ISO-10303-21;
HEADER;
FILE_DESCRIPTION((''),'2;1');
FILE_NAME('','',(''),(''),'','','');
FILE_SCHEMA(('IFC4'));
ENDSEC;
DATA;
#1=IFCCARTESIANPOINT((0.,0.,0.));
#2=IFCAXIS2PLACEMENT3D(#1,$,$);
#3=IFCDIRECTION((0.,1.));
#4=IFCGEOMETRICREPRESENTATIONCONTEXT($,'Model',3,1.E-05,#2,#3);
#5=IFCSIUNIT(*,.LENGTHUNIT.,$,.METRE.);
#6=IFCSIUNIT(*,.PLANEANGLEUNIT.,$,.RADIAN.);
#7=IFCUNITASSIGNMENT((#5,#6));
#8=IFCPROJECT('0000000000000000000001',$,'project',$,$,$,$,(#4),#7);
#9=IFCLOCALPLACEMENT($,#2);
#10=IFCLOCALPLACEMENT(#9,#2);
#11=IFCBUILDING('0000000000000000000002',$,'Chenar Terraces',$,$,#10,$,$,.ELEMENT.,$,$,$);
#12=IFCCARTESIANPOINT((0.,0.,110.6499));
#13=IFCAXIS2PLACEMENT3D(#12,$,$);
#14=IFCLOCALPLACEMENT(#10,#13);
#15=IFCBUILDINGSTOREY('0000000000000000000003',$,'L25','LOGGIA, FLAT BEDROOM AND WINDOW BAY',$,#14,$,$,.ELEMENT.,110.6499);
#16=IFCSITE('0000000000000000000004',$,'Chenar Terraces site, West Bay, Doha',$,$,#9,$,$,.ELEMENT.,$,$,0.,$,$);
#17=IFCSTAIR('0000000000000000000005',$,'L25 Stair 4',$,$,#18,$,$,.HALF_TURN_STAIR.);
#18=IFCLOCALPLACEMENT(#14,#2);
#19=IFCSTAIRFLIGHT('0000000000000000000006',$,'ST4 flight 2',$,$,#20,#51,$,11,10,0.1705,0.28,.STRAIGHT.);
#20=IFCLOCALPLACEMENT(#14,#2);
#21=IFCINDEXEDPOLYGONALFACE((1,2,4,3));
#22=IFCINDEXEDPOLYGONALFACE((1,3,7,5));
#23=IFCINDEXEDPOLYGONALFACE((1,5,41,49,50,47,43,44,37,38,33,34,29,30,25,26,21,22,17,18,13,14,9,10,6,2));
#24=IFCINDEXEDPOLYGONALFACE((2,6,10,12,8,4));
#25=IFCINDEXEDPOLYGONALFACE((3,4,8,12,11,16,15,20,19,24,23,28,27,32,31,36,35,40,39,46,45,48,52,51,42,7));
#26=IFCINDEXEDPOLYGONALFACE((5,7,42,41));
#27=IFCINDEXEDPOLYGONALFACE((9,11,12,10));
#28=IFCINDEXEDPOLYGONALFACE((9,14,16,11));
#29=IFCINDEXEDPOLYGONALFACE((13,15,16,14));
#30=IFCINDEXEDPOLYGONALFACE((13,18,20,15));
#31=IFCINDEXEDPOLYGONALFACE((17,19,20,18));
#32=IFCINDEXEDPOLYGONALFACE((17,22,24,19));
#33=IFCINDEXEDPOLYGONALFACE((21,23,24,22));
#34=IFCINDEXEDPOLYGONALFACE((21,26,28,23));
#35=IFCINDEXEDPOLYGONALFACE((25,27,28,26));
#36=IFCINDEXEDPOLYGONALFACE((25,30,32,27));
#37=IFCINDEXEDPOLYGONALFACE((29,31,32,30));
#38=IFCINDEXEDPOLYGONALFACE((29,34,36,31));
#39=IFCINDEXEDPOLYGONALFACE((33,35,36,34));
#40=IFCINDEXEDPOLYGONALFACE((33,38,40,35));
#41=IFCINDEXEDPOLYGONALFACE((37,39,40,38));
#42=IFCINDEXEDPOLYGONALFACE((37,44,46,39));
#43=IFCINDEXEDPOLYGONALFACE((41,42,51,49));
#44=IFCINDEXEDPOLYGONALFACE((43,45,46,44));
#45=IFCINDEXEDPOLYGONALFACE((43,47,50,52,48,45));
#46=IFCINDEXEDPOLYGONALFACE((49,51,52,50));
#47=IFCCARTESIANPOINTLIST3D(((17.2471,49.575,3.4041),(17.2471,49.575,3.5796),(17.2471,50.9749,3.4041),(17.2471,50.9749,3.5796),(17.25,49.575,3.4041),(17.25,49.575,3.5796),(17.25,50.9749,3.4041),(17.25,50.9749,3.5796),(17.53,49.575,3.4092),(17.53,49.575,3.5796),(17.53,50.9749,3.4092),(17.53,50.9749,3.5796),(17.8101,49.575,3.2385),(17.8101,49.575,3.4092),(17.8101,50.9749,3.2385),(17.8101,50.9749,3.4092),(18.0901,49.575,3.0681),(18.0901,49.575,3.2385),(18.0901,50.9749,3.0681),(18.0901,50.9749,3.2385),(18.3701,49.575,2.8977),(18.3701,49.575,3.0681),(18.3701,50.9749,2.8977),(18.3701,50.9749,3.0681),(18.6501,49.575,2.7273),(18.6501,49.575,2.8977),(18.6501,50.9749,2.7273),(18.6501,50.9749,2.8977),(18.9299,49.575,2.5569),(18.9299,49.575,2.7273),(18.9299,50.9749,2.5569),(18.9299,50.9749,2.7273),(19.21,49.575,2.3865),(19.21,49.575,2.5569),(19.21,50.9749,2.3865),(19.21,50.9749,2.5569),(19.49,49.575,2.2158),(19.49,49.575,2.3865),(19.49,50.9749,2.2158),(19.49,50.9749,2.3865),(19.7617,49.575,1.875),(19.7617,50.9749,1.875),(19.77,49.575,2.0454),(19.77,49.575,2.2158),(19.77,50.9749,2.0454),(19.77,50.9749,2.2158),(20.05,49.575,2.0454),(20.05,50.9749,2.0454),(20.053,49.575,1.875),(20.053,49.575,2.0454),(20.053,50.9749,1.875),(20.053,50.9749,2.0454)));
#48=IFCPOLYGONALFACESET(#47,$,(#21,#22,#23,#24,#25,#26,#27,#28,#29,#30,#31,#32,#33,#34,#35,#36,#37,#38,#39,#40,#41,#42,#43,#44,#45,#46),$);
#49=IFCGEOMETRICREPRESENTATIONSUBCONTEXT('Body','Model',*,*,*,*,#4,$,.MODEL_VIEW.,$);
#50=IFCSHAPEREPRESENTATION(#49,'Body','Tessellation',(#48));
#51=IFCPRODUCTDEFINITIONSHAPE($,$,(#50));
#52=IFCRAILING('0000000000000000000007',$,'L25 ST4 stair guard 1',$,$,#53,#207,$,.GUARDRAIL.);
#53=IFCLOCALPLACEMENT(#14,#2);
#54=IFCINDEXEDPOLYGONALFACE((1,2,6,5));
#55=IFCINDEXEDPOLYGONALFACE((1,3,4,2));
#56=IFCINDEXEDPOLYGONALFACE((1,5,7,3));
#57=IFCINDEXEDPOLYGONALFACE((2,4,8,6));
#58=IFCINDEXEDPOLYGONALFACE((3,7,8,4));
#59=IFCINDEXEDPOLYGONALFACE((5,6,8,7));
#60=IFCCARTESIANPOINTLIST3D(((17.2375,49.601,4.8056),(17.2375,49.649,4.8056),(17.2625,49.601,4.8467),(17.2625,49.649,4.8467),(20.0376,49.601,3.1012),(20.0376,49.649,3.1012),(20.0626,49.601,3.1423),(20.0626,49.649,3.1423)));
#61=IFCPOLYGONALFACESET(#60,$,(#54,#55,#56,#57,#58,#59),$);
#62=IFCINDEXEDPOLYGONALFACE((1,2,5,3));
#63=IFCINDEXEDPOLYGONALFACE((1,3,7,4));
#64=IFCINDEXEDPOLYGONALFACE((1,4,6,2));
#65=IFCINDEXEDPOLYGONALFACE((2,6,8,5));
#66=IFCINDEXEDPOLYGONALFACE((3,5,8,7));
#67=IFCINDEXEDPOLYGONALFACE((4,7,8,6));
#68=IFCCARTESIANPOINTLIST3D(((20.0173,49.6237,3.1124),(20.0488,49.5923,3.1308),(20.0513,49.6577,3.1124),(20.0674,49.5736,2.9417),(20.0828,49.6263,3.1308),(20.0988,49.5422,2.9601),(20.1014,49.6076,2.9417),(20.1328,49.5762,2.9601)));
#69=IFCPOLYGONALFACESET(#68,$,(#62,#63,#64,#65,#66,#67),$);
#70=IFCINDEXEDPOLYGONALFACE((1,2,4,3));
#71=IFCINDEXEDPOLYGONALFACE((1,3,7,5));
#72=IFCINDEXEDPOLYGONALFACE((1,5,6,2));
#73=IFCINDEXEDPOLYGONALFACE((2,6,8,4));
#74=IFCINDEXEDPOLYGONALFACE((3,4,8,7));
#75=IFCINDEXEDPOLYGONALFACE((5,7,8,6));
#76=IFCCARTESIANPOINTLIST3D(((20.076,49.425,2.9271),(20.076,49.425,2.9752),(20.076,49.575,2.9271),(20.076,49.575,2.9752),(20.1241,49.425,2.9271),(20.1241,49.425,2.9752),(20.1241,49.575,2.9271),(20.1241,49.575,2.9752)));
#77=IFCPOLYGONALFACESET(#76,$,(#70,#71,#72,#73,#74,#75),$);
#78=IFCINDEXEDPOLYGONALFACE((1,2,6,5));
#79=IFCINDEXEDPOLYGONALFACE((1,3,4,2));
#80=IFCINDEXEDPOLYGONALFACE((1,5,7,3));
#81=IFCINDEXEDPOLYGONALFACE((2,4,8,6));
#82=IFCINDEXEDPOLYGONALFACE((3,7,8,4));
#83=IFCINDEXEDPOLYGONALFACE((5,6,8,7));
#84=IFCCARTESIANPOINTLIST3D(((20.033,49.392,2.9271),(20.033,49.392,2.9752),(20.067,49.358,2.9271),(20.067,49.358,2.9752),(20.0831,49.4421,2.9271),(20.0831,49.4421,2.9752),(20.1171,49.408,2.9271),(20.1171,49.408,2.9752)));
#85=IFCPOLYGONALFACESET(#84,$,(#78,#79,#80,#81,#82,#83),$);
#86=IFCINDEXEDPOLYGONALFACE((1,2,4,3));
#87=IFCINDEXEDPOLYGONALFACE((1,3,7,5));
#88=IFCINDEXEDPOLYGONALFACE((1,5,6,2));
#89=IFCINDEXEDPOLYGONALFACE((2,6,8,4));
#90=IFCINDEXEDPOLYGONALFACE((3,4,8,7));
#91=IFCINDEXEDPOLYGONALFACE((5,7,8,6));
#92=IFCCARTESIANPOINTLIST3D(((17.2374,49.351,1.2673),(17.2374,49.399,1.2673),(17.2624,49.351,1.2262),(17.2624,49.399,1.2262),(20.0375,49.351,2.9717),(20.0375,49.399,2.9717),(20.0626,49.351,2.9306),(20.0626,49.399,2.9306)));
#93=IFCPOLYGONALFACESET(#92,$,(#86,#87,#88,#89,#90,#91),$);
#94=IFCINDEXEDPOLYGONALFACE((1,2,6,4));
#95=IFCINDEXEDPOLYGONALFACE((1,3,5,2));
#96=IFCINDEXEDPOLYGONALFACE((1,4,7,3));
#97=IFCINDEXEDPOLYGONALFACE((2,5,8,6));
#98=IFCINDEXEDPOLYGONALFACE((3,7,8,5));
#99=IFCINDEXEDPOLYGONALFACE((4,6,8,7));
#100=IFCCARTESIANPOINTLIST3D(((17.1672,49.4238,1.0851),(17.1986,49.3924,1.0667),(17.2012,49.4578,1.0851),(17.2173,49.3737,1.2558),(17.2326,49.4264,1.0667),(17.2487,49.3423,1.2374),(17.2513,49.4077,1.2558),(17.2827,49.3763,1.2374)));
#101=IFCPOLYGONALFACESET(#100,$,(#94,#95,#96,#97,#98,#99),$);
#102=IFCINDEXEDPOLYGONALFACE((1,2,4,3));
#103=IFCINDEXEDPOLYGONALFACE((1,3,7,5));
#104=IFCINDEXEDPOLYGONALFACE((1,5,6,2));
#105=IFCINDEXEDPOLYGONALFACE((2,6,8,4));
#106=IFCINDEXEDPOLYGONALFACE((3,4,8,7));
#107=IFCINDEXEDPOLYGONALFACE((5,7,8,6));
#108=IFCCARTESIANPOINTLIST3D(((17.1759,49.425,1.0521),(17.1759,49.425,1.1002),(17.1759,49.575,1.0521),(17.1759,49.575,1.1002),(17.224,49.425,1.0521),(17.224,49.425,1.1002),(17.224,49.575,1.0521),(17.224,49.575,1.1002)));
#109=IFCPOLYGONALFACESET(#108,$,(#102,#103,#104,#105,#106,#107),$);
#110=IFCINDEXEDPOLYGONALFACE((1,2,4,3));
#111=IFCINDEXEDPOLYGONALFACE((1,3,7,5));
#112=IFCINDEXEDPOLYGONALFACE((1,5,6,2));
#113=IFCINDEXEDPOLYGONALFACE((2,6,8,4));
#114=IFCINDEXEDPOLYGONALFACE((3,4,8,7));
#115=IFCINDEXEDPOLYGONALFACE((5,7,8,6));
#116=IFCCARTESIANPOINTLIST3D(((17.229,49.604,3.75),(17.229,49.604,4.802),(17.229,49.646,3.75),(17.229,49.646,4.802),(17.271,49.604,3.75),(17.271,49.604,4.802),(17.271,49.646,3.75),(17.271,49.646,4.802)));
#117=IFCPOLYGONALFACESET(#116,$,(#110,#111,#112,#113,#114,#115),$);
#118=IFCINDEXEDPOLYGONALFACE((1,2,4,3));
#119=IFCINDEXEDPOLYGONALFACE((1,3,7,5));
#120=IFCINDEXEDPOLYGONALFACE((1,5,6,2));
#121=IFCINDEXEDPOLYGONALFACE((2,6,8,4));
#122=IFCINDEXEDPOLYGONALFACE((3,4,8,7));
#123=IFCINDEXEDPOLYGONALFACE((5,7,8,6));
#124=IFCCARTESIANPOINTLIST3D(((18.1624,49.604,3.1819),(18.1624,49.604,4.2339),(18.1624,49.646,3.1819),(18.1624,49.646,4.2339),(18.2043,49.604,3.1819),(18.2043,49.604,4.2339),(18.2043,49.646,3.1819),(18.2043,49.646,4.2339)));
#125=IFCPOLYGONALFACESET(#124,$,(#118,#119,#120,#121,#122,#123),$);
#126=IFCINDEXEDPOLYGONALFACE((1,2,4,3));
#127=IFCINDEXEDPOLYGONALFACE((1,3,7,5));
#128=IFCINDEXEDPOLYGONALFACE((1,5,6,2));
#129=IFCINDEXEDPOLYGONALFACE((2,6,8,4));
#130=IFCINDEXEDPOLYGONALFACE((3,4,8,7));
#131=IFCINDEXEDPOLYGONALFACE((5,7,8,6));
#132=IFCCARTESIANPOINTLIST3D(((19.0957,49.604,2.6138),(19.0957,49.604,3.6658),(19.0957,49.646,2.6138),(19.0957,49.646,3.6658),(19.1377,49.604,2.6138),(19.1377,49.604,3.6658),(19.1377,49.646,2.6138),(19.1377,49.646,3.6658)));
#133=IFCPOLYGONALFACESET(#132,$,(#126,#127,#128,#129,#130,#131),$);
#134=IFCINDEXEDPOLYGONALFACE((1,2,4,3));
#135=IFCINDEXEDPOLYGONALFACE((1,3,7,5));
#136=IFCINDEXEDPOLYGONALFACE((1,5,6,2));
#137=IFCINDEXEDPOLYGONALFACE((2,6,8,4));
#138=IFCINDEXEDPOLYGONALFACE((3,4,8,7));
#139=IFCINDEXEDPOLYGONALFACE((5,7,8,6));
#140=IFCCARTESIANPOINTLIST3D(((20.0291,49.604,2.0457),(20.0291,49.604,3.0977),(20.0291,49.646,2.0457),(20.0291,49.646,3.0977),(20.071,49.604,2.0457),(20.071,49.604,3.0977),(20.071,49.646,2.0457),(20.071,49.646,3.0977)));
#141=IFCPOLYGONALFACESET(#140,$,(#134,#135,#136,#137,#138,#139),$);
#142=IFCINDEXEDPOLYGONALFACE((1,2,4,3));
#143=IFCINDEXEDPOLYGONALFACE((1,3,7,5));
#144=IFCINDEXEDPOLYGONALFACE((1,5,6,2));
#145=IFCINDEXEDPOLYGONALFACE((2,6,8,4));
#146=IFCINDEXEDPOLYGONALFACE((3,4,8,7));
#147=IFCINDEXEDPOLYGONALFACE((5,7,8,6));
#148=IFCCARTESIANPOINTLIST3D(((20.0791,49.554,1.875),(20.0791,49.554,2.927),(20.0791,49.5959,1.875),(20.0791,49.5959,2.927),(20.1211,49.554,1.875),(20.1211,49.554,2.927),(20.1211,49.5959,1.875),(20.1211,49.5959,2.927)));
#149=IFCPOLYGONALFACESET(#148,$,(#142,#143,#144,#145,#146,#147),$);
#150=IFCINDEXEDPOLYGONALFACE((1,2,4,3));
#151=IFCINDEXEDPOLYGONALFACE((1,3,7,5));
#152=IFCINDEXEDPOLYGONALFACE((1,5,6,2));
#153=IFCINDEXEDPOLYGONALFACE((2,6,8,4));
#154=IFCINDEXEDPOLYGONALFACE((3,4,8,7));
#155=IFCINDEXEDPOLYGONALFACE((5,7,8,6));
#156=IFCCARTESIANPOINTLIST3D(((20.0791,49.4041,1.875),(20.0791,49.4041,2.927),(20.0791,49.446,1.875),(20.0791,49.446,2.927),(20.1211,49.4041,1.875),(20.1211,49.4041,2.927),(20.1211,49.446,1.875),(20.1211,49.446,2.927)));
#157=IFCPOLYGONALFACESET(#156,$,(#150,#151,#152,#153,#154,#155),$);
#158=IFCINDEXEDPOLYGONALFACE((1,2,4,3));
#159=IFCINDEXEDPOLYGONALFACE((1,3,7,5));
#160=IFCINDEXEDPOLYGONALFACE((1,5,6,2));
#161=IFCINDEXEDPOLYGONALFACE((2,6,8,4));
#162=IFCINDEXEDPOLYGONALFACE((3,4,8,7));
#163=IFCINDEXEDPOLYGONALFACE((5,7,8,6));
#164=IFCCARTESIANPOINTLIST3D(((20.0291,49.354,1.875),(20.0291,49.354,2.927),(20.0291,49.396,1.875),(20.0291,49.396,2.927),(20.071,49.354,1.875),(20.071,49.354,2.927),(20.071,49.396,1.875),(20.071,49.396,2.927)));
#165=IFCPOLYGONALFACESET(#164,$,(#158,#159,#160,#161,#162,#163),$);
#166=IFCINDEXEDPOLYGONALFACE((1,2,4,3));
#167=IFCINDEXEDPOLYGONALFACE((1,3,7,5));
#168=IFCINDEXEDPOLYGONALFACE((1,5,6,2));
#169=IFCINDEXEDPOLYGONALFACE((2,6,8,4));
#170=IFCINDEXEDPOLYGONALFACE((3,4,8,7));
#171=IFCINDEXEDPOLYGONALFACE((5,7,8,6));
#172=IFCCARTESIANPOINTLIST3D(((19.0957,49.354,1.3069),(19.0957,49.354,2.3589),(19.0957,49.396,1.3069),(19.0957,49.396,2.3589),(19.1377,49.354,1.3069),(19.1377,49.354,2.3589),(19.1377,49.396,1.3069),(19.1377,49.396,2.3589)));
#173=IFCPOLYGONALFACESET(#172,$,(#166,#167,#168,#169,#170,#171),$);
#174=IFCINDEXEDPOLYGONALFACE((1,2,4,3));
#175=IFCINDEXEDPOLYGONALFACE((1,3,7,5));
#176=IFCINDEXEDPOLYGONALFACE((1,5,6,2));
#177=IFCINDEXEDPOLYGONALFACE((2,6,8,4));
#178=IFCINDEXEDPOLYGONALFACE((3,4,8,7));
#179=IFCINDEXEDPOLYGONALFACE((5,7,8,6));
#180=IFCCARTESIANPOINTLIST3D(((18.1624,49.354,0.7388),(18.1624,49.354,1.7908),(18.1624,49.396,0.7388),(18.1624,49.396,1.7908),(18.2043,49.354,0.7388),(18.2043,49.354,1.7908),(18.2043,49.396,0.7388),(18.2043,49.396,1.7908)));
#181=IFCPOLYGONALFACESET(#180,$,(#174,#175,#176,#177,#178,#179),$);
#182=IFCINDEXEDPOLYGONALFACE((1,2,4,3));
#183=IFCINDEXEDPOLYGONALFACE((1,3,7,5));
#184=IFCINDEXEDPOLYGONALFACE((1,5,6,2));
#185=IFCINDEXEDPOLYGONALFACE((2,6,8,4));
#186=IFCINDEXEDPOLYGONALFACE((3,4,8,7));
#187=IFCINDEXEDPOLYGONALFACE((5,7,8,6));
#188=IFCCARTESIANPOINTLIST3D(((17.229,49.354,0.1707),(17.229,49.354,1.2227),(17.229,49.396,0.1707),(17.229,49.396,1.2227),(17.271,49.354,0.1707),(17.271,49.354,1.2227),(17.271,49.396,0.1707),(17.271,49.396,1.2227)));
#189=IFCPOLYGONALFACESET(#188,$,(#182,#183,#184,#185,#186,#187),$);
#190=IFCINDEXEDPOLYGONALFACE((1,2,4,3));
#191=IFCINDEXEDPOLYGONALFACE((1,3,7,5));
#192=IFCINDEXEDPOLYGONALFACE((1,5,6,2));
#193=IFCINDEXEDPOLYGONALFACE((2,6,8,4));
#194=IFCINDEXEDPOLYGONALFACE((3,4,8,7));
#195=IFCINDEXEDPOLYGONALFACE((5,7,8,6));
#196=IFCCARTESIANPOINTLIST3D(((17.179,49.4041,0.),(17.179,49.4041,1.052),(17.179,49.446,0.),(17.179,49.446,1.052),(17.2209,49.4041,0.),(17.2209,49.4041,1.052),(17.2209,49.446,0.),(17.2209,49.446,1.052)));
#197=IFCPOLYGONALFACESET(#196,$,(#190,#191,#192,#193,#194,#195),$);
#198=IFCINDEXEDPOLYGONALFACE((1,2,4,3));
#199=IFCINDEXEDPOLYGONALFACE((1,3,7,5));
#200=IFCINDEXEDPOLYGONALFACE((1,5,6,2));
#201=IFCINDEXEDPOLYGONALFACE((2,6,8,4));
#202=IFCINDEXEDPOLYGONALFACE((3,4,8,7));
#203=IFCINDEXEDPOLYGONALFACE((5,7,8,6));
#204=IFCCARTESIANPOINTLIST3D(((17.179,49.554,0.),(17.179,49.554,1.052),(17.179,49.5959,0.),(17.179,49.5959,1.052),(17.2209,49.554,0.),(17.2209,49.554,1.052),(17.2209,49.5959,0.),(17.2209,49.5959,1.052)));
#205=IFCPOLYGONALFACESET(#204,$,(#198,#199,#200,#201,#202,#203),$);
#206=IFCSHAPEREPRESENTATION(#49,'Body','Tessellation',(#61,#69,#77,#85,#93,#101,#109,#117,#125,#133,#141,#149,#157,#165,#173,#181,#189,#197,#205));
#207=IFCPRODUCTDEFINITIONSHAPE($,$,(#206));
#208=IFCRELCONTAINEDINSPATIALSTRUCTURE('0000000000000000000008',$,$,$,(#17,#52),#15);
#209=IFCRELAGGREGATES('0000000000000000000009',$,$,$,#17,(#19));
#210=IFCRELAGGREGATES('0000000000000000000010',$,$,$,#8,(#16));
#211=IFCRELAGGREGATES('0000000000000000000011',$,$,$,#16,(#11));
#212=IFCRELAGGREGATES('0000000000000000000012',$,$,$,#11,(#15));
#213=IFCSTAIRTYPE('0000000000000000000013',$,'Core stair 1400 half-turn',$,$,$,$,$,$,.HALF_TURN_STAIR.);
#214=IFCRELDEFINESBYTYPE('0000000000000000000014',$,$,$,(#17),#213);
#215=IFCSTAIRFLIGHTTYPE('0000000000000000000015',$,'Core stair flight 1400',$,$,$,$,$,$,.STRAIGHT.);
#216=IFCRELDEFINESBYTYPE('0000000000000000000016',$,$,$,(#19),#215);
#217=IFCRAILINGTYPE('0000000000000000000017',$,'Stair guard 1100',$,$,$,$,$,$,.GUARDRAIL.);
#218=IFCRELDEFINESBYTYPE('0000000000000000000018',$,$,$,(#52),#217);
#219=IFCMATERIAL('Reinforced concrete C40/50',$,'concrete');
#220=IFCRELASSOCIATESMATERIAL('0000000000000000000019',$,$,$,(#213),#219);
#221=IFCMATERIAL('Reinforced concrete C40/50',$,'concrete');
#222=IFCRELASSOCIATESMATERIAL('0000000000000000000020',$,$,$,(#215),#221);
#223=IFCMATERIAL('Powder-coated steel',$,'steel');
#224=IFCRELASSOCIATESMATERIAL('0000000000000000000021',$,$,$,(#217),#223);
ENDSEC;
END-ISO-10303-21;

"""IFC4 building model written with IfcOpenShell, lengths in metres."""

from ifc_helpers import new_model, si_unit, direction, frame, origin, origin_2d, place, context, subcontext, project, spatial, polyline, rectangle, outline, extrude, material, type_object, element, aggregate, save


model = new_model("IFC4")

# Units and contexts
model_context = context("Model", 3, precision=1e-05, world=origin(), true_north=direction((0.0, 1.0)))
body_context = subcontext(model_context, "Body", "Model", "MODEL_VIEW")
ifc_project = project(units=[si_unit("LENGTHUNIT", "METRE"), si_unit("PLANEANGLEUNIT", "RADIAN")], contexts=[model_context])

# Site, building, storey
site_placement = place(None, origin())
site = spatial("IfcSite", under=ifc_project, at=site_placement, Name="Chenar Terraces site, West Bay, Doha", CompositionType="ELEMENT", RefElevation=0.0)
building_placement = place(site_placement, origin())
building = spatial("IfcBuilding", under=site, at=building_placement, Name="Chenar Terraces", CompositionType="ELEMENT")
storey_placement = place(building_placement, frame((0.0, 0.0, 110.6499)))
storey = spatial("IfcBuildingStorey", under=building, at=storey_placement, Name="L25", Description="LOGGIA, FLAT BEDROOM AND WINDOW BAY", CompositionType="ELEMENT", Elevation=110.6499)

# Stair, stair flight
ifc_material_1 = material(Name="Reinforced concrete C40/50", Category="concrete")
stair_type = type_object("IfcStairType", Name="Core stair 1400 half-turn", PredefinedType="HALF_TURN_STAIR", material=ifc_material_1)
stair_placement = place(storey_placement, origin())
stair = element("IfcStair", 1, at=stair_placement, inside=storey, type_object=stair_type, Name="L25 Stair 4", PredefinedType="HALF_TURN_STAIR")
ifc_material_2 = material(Name="Reinforced concrete C40/50", Category="concrete")
stair_flight_type = type_object("IfcStairFlightType", Name="Core stair flight 1400", PredefinedType="STRAIGHT", material=ifc_material_2)
stair_flight_1_placement = place(storey_placement, frame((20.05, 50.2749, 1.875), z_axis=(0.0, 0.0, 1.0), x_axis=(-1.0, 0.0, 0.0)))
stair_flight_1 = element("IfcStairFlight", 2, at=stair_flight_1_placement, type_object=stair_flight_type, Name="ST4 flight 2", NumberOfRisers=11, NumberOfTreads=10, PredefinedType="STRAIGHT", RiserHeight=0.1705, TreadLength=0.28, context=body_context, shape_type="SweptSolid", body=[
    extrude(outline(polyline([(-0.0029, 0.0), (-0.0029, 0.1704), (0.0, 0.1704), (0.28, 0.1704), (0.28, 0.3408), (0.5601, 0.3408), (0.5601, 0.5115), (0.8401, 0.5115), (0.8401, 0.6819), (1.1201, 0.6819), (1.1201, 0.8523), (1.3999, 0.8523), (1.3999, 1.0227), (1.6799, 1.0227), (1.6799, 1.1931), (1.96, 1.1931), (1.96, 1.3635), (2.24, 1.3635), (2.24, 1.5342), (2.52, 1.5342), (2.52, 1.7046), (2.8, 1.7046), (2.803, 1.7046), (2.803, 1.5291), (2.8, 1.5291), (0.2883, 0.0), (-0.0029, 0.0)])), frame((0.0, 0.7, 0.0), z_axis=(0.0, -1.0, 0.0), x_axis=(1.0, 0.0, 0.0)), (0.0, 0.0, 1.0), 1.3999),
])
aggregate(stair, [stair_flight_1])

# Railing
ifc_material_3 = material(Name="Powder-coated steel", Category="steel")
railing_type_1 = type_object("IfcRailingType", Name="Stair guard 1100", PredefinedType="GUARDRAIL", material=ifc_material_3)
railing_1_placement = place(storey_placement, frame((17.25, 49.625, 3.75)))
element("IfcRailing", 3, at=railing_1_placement, inside=storey, type_object=railing_type_1, Name="L25 ST4 stair guard 1", PredefinedType="GUARDRAIL", context=body_context, shape_type="SweptSolid", body=[
    extrude(rectangle(XDim=0.0481, YDim=0.0481, at=origin_2d()), frame((0.0, 0.0, 1.0762), z_axis=(0.854203, 0.0, -0.51994), x_axis=(0.0, 1.0, 0.0)), (0.0, 0.0, 1.0), 3.2781),
    extrude(rectangle(XDim=0.0481, YDim=0.0481, at=origin_2d()), frame((2.8, 0.0, -0.6284), z_axis=(0.2709, -0.2709, -0.923703), x_axis=(0.707107, 0.707107, 0.0)), (0.0, 0.0, 1.0), 0.1848),
    extrude(rectangle(XDim=0.0481, YDim=0.0481, at=origin_2d()), frame((2.8501, -0.05, -0.7988), z_axis=(0.0, -1.0, 0.0), x_axis=(1.0, 0.0, 0.0)), (0.0, 0.0, 1.0), 0.1499),
    extrude(rectangle(XDim=0.0481, YDim=0.0481, at=origin_2d()), frame((2.8501, -0.2, -0.7988), z_axis=(-0.707107, -0.707107, 0.0), x_axis=(0.707107, -0.707107, 0.0)), (0.0, 0.0, 1.0), 0.0708),
    extrude(rectangle(XDim=0.0481, YDim=0.0481, at=origin_2d()), frame((2.8, -0.25, -0.7988), z_axis=(-0.854203, 0.0, -0.51994), x_axis=(0.0, -1.0, 0.0)), (0.0, 0.0, 1.0), 3.2781),
    extrude(rectangle(XDim=0.0481, YDim=0.0481, at=origin_2d()), frame((0.0, -0.25, -2.5034), z_axis=(-0.2709, 0.2709, -0.923703), x_axis=(-0.707107, -0.707107, 0.0)), (0.0, 0.0, 1.0), 0.1848),
    extrude(rectangle(XDim=0.0481, YDim=0.0481, at=origin_2d()), frame((-0.05, -0.2, -2.6738), z_axis=(0.0, 1.0, 0.0), x_axis=(-1.0, 0.0, 0.0)), (0.0, 0.0, 1.0), 0.1499),
    extrude(rectangle(XDim=0.042, YDim=0.042, at=origin_2d()), origin(), (0.0, 0.0, 1.0), 1.052),
    extrude(rectangle(XDim=0.042, YDim=0.042, at=origin_2d()), frame((0.9333, 0.0, -0.5681)), (0.0, 0.0, 1.0), 1.052),
    extrude(rectangle(XDim=0.042, YDim=0.042, at=origin_2d()), frame((1.8667, 0.0, -1.1362)), (0.0, 0.0, 1.0), 1.052),
    extrude(rectangle(XDim=0.042, YDim=0.042, at=origin_2d()), frame((2.8, 0.0, -1.7043)), (0.0, 0.0, 1.0), 1.052),
    extrude(rectangle(XDim=0.042, YDim=0.042, at=origin_2d()), frame((2.8501, -0.05, -1.875)), (0.0, 0.0, 1.0), 1.052),
    extrude(rectangle(XDim=0.042, YDim=0.042, at=origin_2d()), frame((2.8501, -0.2, -1.875)), (0.0, 0.0, 1.0), 1.052),
    extrude(rectangle(XDim=0.042, YDim=0.042, at=origin_2d()), frame((2.8, -0.25, -1.875)), (0.0, 0.0, 1.0), 1.052),
    extrude(rectangle(XDim=0.042, YDim=0.042, at=origin_2d()), frame((1.8667, -0.25, -2.4431)), (0.0, 0.0, 1.0), 1.052),
    extrude(rectangle(XDim=0.042, YDim=0.042, at=origin_2d()), frame((0.9333, -0.25, -3.0112)), (0.0, 0.0, 1.0), 1.052),
    extrude(rectangle(XDim=0.042, YDim=0.042, at=origin_2d()), frame((0.0, -0.25, -3.5793)), (0.0, 0.0, 1.0), 1.052),
    extrude(rectangle(XDim=0.042, YDim=0.042, at=origin_2d()), frame((-0.05, -0.2, -3.75)), (0.0, 0.0, 1.0), 1.052),
    extrude(rectangle(XDim=0.042, YDim=0.042, at=origin_2d()), frame((-0.05, -0.05, -3.75)), (0.0, 0.0, 1.0), 1.052),
])

save(model, "model.ifc")
